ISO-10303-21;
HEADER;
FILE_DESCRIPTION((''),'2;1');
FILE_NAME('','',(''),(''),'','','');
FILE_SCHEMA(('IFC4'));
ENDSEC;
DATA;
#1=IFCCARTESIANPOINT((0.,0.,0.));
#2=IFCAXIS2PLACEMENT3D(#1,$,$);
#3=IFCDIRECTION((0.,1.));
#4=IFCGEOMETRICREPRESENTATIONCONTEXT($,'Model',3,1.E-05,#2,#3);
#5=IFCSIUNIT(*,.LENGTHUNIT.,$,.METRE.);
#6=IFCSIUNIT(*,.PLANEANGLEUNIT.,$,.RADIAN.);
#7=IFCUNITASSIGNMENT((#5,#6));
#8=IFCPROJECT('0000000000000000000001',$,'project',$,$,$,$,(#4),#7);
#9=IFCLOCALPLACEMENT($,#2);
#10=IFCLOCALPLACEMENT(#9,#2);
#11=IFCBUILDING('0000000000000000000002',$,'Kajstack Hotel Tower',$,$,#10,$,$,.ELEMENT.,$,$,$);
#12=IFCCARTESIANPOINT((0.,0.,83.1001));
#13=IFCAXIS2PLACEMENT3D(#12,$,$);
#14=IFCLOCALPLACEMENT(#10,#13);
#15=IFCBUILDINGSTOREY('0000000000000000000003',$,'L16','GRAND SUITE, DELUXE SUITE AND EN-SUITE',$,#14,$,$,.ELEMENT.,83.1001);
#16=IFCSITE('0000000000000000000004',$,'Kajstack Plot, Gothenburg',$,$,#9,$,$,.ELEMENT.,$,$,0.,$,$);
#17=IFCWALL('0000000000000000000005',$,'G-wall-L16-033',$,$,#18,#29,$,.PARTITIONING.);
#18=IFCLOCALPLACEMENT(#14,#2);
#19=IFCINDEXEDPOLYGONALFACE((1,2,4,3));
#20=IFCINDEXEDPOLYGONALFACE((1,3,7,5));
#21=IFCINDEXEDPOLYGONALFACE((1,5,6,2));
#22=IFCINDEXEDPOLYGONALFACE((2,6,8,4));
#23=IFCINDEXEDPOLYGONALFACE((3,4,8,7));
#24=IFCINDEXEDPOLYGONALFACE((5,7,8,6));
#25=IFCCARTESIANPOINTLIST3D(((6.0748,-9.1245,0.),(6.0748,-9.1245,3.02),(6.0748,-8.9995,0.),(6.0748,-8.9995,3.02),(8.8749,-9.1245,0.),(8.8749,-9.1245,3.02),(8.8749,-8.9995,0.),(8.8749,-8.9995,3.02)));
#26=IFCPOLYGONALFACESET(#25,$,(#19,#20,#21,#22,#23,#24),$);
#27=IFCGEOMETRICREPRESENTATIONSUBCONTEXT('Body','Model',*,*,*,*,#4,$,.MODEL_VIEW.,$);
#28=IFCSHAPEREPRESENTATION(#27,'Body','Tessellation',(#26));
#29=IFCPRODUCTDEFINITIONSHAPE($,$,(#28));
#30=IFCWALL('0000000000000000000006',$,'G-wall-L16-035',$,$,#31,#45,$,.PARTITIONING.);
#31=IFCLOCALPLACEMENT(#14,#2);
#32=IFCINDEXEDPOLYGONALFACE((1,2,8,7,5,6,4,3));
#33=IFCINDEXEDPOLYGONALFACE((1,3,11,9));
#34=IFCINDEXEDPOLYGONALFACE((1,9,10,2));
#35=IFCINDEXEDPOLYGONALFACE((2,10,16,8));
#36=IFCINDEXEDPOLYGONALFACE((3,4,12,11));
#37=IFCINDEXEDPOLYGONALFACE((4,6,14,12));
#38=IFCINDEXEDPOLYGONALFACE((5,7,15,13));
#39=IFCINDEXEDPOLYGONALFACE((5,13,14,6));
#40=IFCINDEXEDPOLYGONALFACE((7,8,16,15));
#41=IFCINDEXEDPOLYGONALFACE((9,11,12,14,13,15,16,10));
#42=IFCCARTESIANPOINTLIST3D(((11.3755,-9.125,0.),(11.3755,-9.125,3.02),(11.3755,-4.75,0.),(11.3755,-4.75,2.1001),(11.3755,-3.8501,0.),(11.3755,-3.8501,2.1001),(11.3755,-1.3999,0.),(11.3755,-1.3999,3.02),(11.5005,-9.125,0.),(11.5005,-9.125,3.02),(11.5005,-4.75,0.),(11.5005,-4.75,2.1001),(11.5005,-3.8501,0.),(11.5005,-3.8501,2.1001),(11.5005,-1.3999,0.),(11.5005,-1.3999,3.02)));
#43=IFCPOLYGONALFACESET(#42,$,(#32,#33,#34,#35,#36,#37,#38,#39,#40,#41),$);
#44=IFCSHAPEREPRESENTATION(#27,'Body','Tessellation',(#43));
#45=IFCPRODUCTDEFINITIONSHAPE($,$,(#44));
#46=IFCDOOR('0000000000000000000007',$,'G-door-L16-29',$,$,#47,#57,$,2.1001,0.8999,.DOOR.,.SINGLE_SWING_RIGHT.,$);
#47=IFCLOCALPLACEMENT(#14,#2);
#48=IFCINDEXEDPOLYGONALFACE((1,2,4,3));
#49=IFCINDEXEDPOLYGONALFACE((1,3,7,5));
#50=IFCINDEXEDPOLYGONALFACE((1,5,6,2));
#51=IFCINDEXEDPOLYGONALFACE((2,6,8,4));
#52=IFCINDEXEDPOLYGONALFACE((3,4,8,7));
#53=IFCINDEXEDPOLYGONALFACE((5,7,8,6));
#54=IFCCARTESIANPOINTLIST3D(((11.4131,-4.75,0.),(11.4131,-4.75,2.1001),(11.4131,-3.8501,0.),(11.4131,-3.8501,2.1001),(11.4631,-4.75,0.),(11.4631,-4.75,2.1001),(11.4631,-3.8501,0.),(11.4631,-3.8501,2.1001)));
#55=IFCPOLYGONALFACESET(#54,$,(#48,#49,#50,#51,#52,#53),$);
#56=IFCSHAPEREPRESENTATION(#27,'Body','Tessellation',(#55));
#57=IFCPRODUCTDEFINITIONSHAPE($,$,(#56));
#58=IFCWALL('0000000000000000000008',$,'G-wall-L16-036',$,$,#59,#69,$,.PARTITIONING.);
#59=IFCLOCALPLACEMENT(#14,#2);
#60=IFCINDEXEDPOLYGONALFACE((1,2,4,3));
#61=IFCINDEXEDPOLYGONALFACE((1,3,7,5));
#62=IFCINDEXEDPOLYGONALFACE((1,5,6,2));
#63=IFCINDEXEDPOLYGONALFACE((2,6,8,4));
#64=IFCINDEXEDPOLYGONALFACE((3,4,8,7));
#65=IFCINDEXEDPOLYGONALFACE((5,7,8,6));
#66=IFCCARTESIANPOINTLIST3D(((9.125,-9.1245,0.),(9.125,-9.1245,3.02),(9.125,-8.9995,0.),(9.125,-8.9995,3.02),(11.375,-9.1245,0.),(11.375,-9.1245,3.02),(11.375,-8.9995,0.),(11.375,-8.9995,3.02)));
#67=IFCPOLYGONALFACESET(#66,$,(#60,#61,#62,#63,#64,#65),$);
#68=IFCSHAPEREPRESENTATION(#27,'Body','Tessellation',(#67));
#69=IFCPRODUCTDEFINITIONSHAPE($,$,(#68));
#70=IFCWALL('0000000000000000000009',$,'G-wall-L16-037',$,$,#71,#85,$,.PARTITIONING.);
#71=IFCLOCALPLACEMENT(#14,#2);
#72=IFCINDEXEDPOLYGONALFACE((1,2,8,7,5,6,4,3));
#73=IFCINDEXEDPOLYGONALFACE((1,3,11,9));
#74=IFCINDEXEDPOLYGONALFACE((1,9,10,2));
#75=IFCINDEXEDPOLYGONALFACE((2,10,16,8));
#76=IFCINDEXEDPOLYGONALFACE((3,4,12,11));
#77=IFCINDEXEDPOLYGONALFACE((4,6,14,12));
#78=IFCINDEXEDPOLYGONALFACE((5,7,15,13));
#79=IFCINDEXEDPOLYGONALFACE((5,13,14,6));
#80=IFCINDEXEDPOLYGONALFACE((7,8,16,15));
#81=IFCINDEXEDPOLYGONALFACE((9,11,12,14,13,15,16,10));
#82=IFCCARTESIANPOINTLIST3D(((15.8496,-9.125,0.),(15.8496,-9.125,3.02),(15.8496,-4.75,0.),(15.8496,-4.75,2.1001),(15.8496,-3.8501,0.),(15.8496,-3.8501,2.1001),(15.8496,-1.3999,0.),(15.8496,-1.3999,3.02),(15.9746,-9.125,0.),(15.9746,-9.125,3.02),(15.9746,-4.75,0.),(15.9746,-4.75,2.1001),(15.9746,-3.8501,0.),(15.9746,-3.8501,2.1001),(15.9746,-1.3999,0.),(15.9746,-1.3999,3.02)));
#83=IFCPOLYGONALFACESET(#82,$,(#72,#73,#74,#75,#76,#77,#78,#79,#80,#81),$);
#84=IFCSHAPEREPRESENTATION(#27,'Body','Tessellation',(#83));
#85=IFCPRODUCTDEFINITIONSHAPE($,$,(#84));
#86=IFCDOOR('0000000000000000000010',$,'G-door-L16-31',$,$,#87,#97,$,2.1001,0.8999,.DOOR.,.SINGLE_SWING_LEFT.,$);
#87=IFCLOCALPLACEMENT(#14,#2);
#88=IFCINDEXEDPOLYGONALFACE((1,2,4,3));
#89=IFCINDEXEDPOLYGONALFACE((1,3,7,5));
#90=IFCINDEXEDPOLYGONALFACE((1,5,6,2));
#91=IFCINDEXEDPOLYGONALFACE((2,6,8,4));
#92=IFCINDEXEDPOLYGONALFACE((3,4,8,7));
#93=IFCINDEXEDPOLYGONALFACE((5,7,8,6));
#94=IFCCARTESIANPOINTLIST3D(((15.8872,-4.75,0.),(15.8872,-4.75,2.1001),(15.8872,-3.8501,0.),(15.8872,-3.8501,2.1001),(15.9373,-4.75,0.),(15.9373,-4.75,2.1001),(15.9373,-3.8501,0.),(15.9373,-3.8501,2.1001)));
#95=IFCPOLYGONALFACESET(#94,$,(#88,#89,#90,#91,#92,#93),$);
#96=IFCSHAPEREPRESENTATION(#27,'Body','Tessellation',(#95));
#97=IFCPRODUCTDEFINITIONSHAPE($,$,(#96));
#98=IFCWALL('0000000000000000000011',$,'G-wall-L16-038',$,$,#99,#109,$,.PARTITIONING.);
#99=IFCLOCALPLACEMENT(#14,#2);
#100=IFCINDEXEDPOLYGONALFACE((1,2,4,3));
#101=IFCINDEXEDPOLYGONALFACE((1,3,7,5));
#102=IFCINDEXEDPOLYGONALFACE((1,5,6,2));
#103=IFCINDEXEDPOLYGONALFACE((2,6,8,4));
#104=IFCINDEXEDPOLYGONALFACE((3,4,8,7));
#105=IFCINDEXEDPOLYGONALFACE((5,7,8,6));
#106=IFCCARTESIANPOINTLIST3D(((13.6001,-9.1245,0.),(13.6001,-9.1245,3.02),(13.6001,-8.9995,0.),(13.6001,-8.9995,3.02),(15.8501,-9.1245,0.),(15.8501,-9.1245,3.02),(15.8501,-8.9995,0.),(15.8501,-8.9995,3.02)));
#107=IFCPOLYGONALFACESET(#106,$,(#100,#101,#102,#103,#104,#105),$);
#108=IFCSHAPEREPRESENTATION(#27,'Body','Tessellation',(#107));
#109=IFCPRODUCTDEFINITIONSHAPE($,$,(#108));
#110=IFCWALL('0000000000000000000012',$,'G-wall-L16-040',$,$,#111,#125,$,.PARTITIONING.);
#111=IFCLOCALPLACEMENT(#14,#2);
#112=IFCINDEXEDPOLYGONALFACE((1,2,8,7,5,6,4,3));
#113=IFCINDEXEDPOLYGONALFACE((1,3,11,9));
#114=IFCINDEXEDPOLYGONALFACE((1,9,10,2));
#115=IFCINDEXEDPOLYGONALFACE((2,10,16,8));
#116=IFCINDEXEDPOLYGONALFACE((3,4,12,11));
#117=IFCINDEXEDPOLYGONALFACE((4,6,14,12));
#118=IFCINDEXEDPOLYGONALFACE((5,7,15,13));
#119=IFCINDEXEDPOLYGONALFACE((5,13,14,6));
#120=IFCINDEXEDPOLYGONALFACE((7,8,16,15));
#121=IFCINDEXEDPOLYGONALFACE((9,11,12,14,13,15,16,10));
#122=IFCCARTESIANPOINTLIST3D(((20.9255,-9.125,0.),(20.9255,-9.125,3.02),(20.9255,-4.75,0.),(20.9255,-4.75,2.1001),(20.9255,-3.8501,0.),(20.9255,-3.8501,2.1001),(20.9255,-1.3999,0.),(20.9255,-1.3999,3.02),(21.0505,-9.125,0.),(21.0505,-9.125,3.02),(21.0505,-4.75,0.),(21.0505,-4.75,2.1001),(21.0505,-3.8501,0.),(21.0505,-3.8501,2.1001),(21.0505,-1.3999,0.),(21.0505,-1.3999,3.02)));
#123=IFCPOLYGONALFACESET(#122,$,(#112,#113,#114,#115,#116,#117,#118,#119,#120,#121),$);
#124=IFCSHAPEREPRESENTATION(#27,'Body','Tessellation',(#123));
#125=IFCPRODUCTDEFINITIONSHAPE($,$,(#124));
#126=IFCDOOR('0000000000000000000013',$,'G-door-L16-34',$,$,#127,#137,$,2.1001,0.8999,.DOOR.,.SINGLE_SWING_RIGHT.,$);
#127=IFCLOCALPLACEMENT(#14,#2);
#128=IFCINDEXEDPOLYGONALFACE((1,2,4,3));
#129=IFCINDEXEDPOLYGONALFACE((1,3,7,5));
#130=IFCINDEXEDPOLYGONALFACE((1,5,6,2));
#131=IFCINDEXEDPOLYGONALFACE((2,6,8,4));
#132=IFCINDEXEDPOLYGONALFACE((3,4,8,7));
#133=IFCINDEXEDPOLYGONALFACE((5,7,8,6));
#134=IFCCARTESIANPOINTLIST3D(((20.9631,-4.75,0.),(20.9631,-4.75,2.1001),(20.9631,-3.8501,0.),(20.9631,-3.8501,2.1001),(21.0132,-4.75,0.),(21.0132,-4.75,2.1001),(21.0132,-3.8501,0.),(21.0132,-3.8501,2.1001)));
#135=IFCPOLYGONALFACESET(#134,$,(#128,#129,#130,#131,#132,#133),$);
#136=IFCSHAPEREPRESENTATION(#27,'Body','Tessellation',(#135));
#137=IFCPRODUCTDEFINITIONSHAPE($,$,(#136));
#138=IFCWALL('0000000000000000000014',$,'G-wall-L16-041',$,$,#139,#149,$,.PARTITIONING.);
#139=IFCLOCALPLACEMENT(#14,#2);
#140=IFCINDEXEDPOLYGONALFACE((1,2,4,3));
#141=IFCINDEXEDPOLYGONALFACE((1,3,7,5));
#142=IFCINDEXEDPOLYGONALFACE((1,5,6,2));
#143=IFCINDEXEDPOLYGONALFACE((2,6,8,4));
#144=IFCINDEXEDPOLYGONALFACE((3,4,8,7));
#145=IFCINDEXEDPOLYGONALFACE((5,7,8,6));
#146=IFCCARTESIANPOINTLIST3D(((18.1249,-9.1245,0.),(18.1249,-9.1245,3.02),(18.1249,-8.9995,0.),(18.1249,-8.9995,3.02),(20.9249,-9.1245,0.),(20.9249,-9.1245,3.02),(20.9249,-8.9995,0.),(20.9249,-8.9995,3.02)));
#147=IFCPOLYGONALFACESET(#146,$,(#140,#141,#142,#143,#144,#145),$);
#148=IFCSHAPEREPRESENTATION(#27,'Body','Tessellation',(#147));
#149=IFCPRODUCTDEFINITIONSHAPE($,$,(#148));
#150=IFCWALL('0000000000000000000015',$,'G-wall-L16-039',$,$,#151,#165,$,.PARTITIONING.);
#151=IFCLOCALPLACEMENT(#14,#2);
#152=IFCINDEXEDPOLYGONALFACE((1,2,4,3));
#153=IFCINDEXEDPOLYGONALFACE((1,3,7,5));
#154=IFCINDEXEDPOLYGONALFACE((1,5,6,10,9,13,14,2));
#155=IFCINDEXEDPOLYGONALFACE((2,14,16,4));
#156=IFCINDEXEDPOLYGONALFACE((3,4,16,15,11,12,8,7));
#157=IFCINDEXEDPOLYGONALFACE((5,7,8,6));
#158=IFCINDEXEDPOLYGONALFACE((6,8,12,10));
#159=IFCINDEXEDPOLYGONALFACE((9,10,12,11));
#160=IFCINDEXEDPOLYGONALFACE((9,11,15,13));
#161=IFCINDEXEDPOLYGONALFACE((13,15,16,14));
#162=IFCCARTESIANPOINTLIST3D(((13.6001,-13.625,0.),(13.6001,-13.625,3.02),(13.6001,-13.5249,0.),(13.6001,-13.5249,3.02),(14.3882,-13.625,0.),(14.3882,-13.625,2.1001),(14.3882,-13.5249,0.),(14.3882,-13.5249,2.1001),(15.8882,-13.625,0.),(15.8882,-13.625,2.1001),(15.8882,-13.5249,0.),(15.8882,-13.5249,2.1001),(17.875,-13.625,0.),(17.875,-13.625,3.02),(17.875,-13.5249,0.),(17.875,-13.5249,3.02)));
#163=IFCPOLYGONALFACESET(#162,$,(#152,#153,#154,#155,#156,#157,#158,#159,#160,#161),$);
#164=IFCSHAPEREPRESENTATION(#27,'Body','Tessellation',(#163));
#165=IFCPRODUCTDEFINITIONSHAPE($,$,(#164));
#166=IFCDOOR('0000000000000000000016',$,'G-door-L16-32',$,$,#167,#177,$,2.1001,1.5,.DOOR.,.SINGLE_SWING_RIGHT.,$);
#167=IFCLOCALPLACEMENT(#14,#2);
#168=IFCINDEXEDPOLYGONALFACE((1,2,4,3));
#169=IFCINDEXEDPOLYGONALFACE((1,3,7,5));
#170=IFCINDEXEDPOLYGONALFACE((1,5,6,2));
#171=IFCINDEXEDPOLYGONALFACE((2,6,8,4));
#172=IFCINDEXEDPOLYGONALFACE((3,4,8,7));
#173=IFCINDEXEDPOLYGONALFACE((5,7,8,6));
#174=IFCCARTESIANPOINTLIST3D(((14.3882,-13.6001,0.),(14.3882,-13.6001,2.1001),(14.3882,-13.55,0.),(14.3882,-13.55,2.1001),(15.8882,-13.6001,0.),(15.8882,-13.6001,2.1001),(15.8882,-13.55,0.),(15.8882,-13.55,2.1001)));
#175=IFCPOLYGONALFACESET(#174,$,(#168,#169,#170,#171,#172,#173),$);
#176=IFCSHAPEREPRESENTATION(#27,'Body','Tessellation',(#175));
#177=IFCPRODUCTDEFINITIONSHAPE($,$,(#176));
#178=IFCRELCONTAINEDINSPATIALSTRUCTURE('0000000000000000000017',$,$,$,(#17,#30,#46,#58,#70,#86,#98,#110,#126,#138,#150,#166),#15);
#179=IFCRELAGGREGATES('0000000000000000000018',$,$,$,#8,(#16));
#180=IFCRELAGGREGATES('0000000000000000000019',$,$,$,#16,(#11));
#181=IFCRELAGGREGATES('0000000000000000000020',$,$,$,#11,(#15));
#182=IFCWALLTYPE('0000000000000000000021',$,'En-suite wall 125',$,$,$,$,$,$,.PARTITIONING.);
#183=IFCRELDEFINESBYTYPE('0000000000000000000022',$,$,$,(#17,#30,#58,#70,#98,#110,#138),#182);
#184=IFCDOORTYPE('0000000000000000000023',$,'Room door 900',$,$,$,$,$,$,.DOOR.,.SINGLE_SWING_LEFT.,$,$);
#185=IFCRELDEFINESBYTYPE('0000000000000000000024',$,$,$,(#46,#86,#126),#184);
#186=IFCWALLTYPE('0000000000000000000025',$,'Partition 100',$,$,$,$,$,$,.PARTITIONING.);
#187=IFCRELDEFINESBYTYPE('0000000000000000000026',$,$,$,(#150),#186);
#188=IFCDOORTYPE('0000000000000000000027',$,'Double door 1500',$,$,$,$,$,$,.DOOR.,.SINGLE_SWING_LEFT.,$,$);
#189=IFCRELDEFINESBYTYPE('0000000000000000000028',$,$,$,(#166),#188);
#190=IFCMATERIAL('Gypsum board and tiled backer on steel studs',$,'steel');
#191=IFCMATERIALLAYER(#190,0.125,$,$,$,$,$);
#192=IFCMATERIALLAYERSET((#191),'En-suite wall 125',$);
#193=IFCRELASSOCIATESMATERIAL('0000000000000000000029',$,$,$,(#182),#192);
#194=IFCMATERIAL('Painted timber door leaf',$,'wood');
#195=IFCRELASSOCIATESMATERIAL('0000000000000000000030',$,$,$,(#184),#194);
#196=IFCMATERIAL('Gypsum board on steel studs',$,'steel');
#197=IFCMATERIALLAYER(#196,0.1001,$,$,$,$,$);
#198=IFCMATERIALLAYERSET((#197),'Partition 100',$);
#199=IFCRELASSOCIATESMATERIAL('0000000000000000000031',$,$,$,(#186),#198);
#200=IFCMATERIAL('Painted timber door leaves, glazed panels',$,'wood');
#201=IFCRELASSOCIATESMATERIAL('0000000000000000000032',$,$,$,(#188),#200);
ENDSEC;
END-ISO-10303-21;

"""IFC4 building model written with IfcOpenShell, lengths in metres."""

from ifc_helpers import new_model, si_unit, direction, frame, frame_2d, origin, place, context, subcontext, project, spatial, rectangle, extrude, material, layer, layer_set, type_object, element, fill, save


model = new_model("IFC4")

# Units and contexts
model_context = context("Model", 3, precision=1e-05, world=origin(), true_north=direction((0.0, 1.0)))
body_context = subcontext(model_context, "Body", "Model", "MODEL_VIEW")
ifc_project = project(units=[si_unit("LENGTHUNIT", "METRE"), si_unit("PLANEANGLEUNIT", "RADIAN")], contexts=[model_context])

# Site, building, storey
site_placement = place(None, origin())
site = spatial("IfcSite", under=ifc_project, at=site_placement, Name="Kajstack Plot, Gothenburg", CompositionType="ELEMENT", RefElevation=0.0)
building_placement = place(site_placement, origin())
building = spatial("IfcBuilding", under=site, at=building_placement, Name="Kajstack Hotel Tower", CompositionType="ELEMENT")
storey_placement = place(building_placement, frame((0.0, 0.0, 83.1001)))
storey = spatial("IfcBuildingStorey", under=building, at=storey_placement, Name="L16", Description="GRAND SUITE, DELUXE SUITE AND EN-SUITE", CompositionType="ELEMENT", Elevation=83.1001)

# Shared definitions
ifc_material_1 = material(Name="Gypsum board and tiled backer on steel studs", Category="steel")
ifc_layer_1 = layer(ifc_material_1, 0.125)
ifc_layer_set_1 = layer_set([ifc_layer_1], Name="En-suite wall 125")
wall_type_1 = type_object("IfcWallType", Name="En-suite wall 125", PredefinedType="PARTITIONING", material=ifc_layer_set_1)
ifc_material_2 = material(Name="Painted timber door leaf", Category="wood")
door_type_1 = type_object("IfcDoorType", Name="Room door 900", OperationType="SINGLE_SWING_LEFT", PredefinedType="DOOR", material=ifc_material_2)

# Wall
wall_1_placement = place(storey_placement, frame((6.075, -9.062, 0.0), z_axis=(0.0, 0.0, 1.0), x_axis=(1.0, 0.0, 0.0)))
element("IfcWall", 1, at=wall_1_placement, inside=storey, type_object=wall_type_1, Name="G-wall-L16-033", PredefinedType="PARTITIONING", context=body_context, shape_type="SweptSolid", body=[
    extrude(rectangle(XDim=2.8, YDim=0.125, at=frame_2d((1.3999, 0.0))), origin(), (0.0, 0.0, 1.0), 3.02),
])

# Wall, opening, door
wall_2_placement = place(storey_placement, frame((11.438, -9.125, 0.0), z_axis=(0.0, 0.0, 1.0), x_axis=(0.0, 1.0, 0.0)))
wall_2 = element("IfcWall", 2, at=wall_2_placement, inside=storey, type_object=wall_type_1, Name="G-wall-L16-035", PredefinedType="PARTITIONING", context=body_context, shape_type="SweptSolid", body=[
    extrude(rectangle(XDim=7.7251, YDim=0.125, at=frame_2d((3.8625, 0.0))), origin(), (0.0, 0.0, 1.0), 3.02),
])
opening_1_placement = place(wall_2_placement, frame((4.375, 0.0, 0.0)))
opening_1 = element("IfcOpeningElement", 3, at=opening_1_placement, cuts=wall_2, PredefinedType="OPENING", context=body_context, shape_type="SweptSolid", body=[
    extrude(rectangle(XDim=0.8999, YDim=2.1001, at=frame_2d((0.45, 1.05))), frame((0.0, 0.0725, 0.0), z_axis=(0.0, -1.0, 0.0), x_axis=(1.0, 0.0, 0.0)), (0.0, 0.0, 1.0), 0.145),
])
door_1_placement = place(opening_1_placement, origin())
door_1 = element("IfcDoor", 4, at=door_1_placement, inside=storey, type_object=door_type_1, Name="G-door-L16-29", OperationType="SINGLE_SWING_RIGHT", OverallHeight=2.1001, OverallWidth=0.8999, PredefinedType="DOOR", context=body_context, shape_type="SweptSolid", body=[
    extrude(rectangle(XDim=0.8999, YDim=2.1001, at=frame_2d((0.45, 1.05))), frame((0.0, 0.0249, 0.0), z_axis=(0.0, -1.0, 0.0), x_axis=(1.0, 0.0, 0.0)), (0.0, 0.0, 1.0), 0.05),
])
fill(opening_1, door_1)

# Wall
wall_3_placement = place(storey_placement, frame((9.125, -9.062, 0.0), z_axis=(0.0, 0.0, 1.0), x_axis=(1.0, 0.0, 0.0)))
element("IfcWall", 5, at=wall_3_placement, inside=storey, type_object=wall_type_1, Name="G-wall-L16-036", PredefinedType="PARTITIONING", context=body_context, shape_type="SweptSolid", body=[
    extrude(rectangle(XDim=2.25, YDim=0.125, at=frame_2d((1.125, 0.0))), origin(), (0.0, 0.0, 1.0), 3.02),
])

# Wall, opening, door
wall_4_placement = place(storey_placement, frame((15.9121, -9.125, 0.0), z_axis=(0.0, 0.0, 1.0), x_axis=(0.0, 1.0, 0.0)))
wall_4 = element("IfcWall", 6, at=wall_4_placement, inside=storey, type_object=wall_type_1, Name="G-wall-L16-037", PredefinedType="PARTITIONING", context=body_context, shape_type="SweptSolid", body=[
    extrude(rectangle(XDim=7.7251, YDim=0.125, at=frame_2d((3.8625, 0.0))), origin(), (0.0, 0.0, 1.0), 3.02),
])
opening_2_placement = place(wall_4_placement, frame((4.375, 0.0, 0.0)))
opening_2 = element("IfcOpeningElement", 7, at=opening_2_placement, cuts=wall_4, PredefinedType="OPENING", context=body_context, shape_type="SweptSolid", body=[
    extrude(rectangle(XDim=0.8999, YDim=2.1001, at=frame_2d((0.45, 1.05))), frame((0.0, 0.0725, 0.0), z_axis=(0.0, -1.0, 0.0), x_axis=(1.0, 0.0, 0.0)), (0.0, 0.0, 1.0), 0.145),
])
door_2_placement = place(opening_2_placement, origin())
door_2 = element("IfcDoor", 8, at=door_2_placement, inside=storey, type_object=door_type_1, Name="G-door-L16-31", OperationType="SINGLE_SWING_LEFT", OverallHeight=2.1001, OverallWidth=0.8999, PredefinedType="DOOR", context=body_context, shape_type="SweptSolid", body=[
    extrude(rectangle(XDim=0.8999, YDim=2.1001, at=frame_2d((0.45, 1.05))), frame((0.0, 0.0249, 0.0), z_axis=(0.0, -1.0, 0.0), x_axis=(1.0, 0.0, 0.0)), (0.0, 0.0, 1.0), 0.05),
])
fill(opening_2, door_2)

# Wall
wall_5_placement = place(storey_placement, frame((13.6001, -9.062, 0.0), z_axis=(0.0, 0.0, 1.0), x_axis=(1.0, 0.0, 0.0)))
element("IfcWall", 9, at=wall_5_placement, inside=storey, type_object=wall_type_1, Name="G-wall-L16-038", PredefinedType="PARTITIONING", context=body_context, shape_type="SweptSolid", body=[
    extrude(rectangle(XDim=2.25, YDim=0.125, at=frame_2d((1.125, 0.0))), origin(), (0.0, 0.0, 1.0), 3.02),
])

# Wall, opening, door
wall_6_placement = place(storey_placement, frame((20.988, -9.125, 0.0), z_axis=(0.0, 0.0, 1.0), x_axis=(0.0, 1.0, 0.0)))
wall_6 = element("IfcWall", 10, at=wall_6_placement, inside=storey, type_object=wall_type_1, Name="G-wall-L16-040", PredefinedType="PARTITIONING", context=body_context, shape_type="SweptSolid", body=[
    extrude(rectangle(XDim=7.7251, YDim=0.125, at=frame_2d((3.8625, 0.0))), origin(), (0.0, 0.0, 1.0), 3.02),
])
opening_3_placement = place(wall_6_placement, frame((4.375, 0.0, 0.0)))
opening_3 = element("IfcOpeningElement", 11, at=opening_3_placement, cuts=wall_6, PredefinedType="OPENING", context=body_context, shape_type="SweptSolid", body=[
    extrude(rectangle(XDim=0.8999, YDim=2.1001, at=frame_2d((0.45, 1.05))), frame((0.0, 0.0725, 0.0), z_axis=(0.0, -1.0, 0.0), x_axis=(1.0, 0.0, 0.0)), (0.0, 0.0, 1.0), 0.145),
])
door_3_placement = place(opening_3_placement, origin())
door_3 = element("IfcDoor", 12, at=door_3_placement, inside=storey, type_object=door_type_1, Name="G-door-L16-34", OperationType="SINGLE_SWING_RIGHT", OverallHeight=2.1001, OverallWidth=0.8999, PredefinedType="DOOR", context=body_context, shape_type="SweptSolid", body=[
    extrude(rectangle(XDim=0.8999, YDim=2.1001, at=frame_2d((0.45, 1.05))), frame((0.0, 0.0249, 0.0), z_axis=(0.0, -1.0, 0.0), x_axis=(1.0, 0.0, 0.0)), (0.0, 0.0, 1.0), 0.05),
])
fill(opening_3, door_3)

# Wall
wall_7_placement = place(storey_placement, frame((18.125, -9.062, 0.0), z_axis=(0.0, 0.0, 1.0), x_axis=(1.0, 0.0, 0.0)))
element("IfcWall", 13, at=wall_7_placement, inside=storey, type_object=wall_type_1, Name="G-wall-L16-041", PredefinedType="PARTITIONING", context=body_context, shape_type="SweptSolid", body=[
    extrude(rectangle(XDim=2.8, YDim=0.125, at=frame_2d((1.3999, 0.0))), origin(), (0.0, 0.0, 1.0), 3.02),
])

# Wall, opening, door
ifc_material_3 = material(Name="Gypsum board on steel studs", Category="steel")
ifc_layer_2 = layer(ifc_material_3, 0.1001)
ifc_layer_set_2 = layer_set([ifc_layer_2], Name="Partition 100")
wall_type_2 = type_object("IfcWallType", Name="Partition 100", PredefinedType="PARTITIONING", material=ifc_layer_set_2)
wall_8_placement = place(storey_placement, frame((13.6001, -13.575, 0.0), z_axis=(0.0, 0.0, 1.0), x_axis=(1.0, 0.0, 0.0)))
wall_8 = element("IfcWall", 14, at=wall_8_placement, inside=storey, type_object=wall_type_2, Name="G-wall-L16-039", PredefinedType="PARTITIONING", context=body_context, shape_type="SweptSolid", body=[
    extrude(rectangle(XDim=4.2749, YDim=0.1001, at=frame_2d((2.1375, 0.0))), origin(), (0.0, 0.0, 1.0), 3.02),
])
opening_4_placement = place(wall_8_placement, frame((0.7881, 0.0, 0.0)))
opening_4 = element("IfcOpeningElement", 15, at=opening_4_placement, cuts=wall_8, PredefinedType="OPENING", context=body_context, shape_type="SweptSolid", body=[
    extrude(rectangle(XDim=1.5, YDim=2.1001, at=frame_2d((0.75, 1.05))), frame((0.0, 0.0601, 0.0), z_axis=(0.0, -1.0, 0.0), x_axis=(1.0, 0.0, 0.0)), (0.0, 0.0, 1.0), 0.1201),
])
ifc_material_4 = material(Name="Painted timber door leaves, glazed panels", Category="wood")
door_type_2 = type_object("IfcDoorType", Name="Double door 1500", OperationType="SINGLE_SWING_LEFT", PredefinedType="DOOR", material=ifc_material_4)
door_4_placement = place(opening_4_placement, origin())
door_4 = element("IfcDoor", 16, at=door_4_placement, inside=storey, type_object=door_type_2, Name="G-door-L16-32", OperationType="SINGLE_SWING_RIGHT", OverallHeight=2.1001, OverallWidth=1.5, PredefinedType="DOOR", context=body_context, shape_type="SweptSolid", body=[
    extrude(rectangle(XDim=1.5, YDim=2.1001, at=frame_2d((0.75, 1.05))), frame((0.0, 0.0249, 0.0), z_axis=(0.0, -1.0, 0.0), x_axis=(1.0, 0.0, 0.0)), (0.0, 0.0, 1.0), 0.05),
])
fill(opening_4, door_4)

save(model, "model.ifc")
